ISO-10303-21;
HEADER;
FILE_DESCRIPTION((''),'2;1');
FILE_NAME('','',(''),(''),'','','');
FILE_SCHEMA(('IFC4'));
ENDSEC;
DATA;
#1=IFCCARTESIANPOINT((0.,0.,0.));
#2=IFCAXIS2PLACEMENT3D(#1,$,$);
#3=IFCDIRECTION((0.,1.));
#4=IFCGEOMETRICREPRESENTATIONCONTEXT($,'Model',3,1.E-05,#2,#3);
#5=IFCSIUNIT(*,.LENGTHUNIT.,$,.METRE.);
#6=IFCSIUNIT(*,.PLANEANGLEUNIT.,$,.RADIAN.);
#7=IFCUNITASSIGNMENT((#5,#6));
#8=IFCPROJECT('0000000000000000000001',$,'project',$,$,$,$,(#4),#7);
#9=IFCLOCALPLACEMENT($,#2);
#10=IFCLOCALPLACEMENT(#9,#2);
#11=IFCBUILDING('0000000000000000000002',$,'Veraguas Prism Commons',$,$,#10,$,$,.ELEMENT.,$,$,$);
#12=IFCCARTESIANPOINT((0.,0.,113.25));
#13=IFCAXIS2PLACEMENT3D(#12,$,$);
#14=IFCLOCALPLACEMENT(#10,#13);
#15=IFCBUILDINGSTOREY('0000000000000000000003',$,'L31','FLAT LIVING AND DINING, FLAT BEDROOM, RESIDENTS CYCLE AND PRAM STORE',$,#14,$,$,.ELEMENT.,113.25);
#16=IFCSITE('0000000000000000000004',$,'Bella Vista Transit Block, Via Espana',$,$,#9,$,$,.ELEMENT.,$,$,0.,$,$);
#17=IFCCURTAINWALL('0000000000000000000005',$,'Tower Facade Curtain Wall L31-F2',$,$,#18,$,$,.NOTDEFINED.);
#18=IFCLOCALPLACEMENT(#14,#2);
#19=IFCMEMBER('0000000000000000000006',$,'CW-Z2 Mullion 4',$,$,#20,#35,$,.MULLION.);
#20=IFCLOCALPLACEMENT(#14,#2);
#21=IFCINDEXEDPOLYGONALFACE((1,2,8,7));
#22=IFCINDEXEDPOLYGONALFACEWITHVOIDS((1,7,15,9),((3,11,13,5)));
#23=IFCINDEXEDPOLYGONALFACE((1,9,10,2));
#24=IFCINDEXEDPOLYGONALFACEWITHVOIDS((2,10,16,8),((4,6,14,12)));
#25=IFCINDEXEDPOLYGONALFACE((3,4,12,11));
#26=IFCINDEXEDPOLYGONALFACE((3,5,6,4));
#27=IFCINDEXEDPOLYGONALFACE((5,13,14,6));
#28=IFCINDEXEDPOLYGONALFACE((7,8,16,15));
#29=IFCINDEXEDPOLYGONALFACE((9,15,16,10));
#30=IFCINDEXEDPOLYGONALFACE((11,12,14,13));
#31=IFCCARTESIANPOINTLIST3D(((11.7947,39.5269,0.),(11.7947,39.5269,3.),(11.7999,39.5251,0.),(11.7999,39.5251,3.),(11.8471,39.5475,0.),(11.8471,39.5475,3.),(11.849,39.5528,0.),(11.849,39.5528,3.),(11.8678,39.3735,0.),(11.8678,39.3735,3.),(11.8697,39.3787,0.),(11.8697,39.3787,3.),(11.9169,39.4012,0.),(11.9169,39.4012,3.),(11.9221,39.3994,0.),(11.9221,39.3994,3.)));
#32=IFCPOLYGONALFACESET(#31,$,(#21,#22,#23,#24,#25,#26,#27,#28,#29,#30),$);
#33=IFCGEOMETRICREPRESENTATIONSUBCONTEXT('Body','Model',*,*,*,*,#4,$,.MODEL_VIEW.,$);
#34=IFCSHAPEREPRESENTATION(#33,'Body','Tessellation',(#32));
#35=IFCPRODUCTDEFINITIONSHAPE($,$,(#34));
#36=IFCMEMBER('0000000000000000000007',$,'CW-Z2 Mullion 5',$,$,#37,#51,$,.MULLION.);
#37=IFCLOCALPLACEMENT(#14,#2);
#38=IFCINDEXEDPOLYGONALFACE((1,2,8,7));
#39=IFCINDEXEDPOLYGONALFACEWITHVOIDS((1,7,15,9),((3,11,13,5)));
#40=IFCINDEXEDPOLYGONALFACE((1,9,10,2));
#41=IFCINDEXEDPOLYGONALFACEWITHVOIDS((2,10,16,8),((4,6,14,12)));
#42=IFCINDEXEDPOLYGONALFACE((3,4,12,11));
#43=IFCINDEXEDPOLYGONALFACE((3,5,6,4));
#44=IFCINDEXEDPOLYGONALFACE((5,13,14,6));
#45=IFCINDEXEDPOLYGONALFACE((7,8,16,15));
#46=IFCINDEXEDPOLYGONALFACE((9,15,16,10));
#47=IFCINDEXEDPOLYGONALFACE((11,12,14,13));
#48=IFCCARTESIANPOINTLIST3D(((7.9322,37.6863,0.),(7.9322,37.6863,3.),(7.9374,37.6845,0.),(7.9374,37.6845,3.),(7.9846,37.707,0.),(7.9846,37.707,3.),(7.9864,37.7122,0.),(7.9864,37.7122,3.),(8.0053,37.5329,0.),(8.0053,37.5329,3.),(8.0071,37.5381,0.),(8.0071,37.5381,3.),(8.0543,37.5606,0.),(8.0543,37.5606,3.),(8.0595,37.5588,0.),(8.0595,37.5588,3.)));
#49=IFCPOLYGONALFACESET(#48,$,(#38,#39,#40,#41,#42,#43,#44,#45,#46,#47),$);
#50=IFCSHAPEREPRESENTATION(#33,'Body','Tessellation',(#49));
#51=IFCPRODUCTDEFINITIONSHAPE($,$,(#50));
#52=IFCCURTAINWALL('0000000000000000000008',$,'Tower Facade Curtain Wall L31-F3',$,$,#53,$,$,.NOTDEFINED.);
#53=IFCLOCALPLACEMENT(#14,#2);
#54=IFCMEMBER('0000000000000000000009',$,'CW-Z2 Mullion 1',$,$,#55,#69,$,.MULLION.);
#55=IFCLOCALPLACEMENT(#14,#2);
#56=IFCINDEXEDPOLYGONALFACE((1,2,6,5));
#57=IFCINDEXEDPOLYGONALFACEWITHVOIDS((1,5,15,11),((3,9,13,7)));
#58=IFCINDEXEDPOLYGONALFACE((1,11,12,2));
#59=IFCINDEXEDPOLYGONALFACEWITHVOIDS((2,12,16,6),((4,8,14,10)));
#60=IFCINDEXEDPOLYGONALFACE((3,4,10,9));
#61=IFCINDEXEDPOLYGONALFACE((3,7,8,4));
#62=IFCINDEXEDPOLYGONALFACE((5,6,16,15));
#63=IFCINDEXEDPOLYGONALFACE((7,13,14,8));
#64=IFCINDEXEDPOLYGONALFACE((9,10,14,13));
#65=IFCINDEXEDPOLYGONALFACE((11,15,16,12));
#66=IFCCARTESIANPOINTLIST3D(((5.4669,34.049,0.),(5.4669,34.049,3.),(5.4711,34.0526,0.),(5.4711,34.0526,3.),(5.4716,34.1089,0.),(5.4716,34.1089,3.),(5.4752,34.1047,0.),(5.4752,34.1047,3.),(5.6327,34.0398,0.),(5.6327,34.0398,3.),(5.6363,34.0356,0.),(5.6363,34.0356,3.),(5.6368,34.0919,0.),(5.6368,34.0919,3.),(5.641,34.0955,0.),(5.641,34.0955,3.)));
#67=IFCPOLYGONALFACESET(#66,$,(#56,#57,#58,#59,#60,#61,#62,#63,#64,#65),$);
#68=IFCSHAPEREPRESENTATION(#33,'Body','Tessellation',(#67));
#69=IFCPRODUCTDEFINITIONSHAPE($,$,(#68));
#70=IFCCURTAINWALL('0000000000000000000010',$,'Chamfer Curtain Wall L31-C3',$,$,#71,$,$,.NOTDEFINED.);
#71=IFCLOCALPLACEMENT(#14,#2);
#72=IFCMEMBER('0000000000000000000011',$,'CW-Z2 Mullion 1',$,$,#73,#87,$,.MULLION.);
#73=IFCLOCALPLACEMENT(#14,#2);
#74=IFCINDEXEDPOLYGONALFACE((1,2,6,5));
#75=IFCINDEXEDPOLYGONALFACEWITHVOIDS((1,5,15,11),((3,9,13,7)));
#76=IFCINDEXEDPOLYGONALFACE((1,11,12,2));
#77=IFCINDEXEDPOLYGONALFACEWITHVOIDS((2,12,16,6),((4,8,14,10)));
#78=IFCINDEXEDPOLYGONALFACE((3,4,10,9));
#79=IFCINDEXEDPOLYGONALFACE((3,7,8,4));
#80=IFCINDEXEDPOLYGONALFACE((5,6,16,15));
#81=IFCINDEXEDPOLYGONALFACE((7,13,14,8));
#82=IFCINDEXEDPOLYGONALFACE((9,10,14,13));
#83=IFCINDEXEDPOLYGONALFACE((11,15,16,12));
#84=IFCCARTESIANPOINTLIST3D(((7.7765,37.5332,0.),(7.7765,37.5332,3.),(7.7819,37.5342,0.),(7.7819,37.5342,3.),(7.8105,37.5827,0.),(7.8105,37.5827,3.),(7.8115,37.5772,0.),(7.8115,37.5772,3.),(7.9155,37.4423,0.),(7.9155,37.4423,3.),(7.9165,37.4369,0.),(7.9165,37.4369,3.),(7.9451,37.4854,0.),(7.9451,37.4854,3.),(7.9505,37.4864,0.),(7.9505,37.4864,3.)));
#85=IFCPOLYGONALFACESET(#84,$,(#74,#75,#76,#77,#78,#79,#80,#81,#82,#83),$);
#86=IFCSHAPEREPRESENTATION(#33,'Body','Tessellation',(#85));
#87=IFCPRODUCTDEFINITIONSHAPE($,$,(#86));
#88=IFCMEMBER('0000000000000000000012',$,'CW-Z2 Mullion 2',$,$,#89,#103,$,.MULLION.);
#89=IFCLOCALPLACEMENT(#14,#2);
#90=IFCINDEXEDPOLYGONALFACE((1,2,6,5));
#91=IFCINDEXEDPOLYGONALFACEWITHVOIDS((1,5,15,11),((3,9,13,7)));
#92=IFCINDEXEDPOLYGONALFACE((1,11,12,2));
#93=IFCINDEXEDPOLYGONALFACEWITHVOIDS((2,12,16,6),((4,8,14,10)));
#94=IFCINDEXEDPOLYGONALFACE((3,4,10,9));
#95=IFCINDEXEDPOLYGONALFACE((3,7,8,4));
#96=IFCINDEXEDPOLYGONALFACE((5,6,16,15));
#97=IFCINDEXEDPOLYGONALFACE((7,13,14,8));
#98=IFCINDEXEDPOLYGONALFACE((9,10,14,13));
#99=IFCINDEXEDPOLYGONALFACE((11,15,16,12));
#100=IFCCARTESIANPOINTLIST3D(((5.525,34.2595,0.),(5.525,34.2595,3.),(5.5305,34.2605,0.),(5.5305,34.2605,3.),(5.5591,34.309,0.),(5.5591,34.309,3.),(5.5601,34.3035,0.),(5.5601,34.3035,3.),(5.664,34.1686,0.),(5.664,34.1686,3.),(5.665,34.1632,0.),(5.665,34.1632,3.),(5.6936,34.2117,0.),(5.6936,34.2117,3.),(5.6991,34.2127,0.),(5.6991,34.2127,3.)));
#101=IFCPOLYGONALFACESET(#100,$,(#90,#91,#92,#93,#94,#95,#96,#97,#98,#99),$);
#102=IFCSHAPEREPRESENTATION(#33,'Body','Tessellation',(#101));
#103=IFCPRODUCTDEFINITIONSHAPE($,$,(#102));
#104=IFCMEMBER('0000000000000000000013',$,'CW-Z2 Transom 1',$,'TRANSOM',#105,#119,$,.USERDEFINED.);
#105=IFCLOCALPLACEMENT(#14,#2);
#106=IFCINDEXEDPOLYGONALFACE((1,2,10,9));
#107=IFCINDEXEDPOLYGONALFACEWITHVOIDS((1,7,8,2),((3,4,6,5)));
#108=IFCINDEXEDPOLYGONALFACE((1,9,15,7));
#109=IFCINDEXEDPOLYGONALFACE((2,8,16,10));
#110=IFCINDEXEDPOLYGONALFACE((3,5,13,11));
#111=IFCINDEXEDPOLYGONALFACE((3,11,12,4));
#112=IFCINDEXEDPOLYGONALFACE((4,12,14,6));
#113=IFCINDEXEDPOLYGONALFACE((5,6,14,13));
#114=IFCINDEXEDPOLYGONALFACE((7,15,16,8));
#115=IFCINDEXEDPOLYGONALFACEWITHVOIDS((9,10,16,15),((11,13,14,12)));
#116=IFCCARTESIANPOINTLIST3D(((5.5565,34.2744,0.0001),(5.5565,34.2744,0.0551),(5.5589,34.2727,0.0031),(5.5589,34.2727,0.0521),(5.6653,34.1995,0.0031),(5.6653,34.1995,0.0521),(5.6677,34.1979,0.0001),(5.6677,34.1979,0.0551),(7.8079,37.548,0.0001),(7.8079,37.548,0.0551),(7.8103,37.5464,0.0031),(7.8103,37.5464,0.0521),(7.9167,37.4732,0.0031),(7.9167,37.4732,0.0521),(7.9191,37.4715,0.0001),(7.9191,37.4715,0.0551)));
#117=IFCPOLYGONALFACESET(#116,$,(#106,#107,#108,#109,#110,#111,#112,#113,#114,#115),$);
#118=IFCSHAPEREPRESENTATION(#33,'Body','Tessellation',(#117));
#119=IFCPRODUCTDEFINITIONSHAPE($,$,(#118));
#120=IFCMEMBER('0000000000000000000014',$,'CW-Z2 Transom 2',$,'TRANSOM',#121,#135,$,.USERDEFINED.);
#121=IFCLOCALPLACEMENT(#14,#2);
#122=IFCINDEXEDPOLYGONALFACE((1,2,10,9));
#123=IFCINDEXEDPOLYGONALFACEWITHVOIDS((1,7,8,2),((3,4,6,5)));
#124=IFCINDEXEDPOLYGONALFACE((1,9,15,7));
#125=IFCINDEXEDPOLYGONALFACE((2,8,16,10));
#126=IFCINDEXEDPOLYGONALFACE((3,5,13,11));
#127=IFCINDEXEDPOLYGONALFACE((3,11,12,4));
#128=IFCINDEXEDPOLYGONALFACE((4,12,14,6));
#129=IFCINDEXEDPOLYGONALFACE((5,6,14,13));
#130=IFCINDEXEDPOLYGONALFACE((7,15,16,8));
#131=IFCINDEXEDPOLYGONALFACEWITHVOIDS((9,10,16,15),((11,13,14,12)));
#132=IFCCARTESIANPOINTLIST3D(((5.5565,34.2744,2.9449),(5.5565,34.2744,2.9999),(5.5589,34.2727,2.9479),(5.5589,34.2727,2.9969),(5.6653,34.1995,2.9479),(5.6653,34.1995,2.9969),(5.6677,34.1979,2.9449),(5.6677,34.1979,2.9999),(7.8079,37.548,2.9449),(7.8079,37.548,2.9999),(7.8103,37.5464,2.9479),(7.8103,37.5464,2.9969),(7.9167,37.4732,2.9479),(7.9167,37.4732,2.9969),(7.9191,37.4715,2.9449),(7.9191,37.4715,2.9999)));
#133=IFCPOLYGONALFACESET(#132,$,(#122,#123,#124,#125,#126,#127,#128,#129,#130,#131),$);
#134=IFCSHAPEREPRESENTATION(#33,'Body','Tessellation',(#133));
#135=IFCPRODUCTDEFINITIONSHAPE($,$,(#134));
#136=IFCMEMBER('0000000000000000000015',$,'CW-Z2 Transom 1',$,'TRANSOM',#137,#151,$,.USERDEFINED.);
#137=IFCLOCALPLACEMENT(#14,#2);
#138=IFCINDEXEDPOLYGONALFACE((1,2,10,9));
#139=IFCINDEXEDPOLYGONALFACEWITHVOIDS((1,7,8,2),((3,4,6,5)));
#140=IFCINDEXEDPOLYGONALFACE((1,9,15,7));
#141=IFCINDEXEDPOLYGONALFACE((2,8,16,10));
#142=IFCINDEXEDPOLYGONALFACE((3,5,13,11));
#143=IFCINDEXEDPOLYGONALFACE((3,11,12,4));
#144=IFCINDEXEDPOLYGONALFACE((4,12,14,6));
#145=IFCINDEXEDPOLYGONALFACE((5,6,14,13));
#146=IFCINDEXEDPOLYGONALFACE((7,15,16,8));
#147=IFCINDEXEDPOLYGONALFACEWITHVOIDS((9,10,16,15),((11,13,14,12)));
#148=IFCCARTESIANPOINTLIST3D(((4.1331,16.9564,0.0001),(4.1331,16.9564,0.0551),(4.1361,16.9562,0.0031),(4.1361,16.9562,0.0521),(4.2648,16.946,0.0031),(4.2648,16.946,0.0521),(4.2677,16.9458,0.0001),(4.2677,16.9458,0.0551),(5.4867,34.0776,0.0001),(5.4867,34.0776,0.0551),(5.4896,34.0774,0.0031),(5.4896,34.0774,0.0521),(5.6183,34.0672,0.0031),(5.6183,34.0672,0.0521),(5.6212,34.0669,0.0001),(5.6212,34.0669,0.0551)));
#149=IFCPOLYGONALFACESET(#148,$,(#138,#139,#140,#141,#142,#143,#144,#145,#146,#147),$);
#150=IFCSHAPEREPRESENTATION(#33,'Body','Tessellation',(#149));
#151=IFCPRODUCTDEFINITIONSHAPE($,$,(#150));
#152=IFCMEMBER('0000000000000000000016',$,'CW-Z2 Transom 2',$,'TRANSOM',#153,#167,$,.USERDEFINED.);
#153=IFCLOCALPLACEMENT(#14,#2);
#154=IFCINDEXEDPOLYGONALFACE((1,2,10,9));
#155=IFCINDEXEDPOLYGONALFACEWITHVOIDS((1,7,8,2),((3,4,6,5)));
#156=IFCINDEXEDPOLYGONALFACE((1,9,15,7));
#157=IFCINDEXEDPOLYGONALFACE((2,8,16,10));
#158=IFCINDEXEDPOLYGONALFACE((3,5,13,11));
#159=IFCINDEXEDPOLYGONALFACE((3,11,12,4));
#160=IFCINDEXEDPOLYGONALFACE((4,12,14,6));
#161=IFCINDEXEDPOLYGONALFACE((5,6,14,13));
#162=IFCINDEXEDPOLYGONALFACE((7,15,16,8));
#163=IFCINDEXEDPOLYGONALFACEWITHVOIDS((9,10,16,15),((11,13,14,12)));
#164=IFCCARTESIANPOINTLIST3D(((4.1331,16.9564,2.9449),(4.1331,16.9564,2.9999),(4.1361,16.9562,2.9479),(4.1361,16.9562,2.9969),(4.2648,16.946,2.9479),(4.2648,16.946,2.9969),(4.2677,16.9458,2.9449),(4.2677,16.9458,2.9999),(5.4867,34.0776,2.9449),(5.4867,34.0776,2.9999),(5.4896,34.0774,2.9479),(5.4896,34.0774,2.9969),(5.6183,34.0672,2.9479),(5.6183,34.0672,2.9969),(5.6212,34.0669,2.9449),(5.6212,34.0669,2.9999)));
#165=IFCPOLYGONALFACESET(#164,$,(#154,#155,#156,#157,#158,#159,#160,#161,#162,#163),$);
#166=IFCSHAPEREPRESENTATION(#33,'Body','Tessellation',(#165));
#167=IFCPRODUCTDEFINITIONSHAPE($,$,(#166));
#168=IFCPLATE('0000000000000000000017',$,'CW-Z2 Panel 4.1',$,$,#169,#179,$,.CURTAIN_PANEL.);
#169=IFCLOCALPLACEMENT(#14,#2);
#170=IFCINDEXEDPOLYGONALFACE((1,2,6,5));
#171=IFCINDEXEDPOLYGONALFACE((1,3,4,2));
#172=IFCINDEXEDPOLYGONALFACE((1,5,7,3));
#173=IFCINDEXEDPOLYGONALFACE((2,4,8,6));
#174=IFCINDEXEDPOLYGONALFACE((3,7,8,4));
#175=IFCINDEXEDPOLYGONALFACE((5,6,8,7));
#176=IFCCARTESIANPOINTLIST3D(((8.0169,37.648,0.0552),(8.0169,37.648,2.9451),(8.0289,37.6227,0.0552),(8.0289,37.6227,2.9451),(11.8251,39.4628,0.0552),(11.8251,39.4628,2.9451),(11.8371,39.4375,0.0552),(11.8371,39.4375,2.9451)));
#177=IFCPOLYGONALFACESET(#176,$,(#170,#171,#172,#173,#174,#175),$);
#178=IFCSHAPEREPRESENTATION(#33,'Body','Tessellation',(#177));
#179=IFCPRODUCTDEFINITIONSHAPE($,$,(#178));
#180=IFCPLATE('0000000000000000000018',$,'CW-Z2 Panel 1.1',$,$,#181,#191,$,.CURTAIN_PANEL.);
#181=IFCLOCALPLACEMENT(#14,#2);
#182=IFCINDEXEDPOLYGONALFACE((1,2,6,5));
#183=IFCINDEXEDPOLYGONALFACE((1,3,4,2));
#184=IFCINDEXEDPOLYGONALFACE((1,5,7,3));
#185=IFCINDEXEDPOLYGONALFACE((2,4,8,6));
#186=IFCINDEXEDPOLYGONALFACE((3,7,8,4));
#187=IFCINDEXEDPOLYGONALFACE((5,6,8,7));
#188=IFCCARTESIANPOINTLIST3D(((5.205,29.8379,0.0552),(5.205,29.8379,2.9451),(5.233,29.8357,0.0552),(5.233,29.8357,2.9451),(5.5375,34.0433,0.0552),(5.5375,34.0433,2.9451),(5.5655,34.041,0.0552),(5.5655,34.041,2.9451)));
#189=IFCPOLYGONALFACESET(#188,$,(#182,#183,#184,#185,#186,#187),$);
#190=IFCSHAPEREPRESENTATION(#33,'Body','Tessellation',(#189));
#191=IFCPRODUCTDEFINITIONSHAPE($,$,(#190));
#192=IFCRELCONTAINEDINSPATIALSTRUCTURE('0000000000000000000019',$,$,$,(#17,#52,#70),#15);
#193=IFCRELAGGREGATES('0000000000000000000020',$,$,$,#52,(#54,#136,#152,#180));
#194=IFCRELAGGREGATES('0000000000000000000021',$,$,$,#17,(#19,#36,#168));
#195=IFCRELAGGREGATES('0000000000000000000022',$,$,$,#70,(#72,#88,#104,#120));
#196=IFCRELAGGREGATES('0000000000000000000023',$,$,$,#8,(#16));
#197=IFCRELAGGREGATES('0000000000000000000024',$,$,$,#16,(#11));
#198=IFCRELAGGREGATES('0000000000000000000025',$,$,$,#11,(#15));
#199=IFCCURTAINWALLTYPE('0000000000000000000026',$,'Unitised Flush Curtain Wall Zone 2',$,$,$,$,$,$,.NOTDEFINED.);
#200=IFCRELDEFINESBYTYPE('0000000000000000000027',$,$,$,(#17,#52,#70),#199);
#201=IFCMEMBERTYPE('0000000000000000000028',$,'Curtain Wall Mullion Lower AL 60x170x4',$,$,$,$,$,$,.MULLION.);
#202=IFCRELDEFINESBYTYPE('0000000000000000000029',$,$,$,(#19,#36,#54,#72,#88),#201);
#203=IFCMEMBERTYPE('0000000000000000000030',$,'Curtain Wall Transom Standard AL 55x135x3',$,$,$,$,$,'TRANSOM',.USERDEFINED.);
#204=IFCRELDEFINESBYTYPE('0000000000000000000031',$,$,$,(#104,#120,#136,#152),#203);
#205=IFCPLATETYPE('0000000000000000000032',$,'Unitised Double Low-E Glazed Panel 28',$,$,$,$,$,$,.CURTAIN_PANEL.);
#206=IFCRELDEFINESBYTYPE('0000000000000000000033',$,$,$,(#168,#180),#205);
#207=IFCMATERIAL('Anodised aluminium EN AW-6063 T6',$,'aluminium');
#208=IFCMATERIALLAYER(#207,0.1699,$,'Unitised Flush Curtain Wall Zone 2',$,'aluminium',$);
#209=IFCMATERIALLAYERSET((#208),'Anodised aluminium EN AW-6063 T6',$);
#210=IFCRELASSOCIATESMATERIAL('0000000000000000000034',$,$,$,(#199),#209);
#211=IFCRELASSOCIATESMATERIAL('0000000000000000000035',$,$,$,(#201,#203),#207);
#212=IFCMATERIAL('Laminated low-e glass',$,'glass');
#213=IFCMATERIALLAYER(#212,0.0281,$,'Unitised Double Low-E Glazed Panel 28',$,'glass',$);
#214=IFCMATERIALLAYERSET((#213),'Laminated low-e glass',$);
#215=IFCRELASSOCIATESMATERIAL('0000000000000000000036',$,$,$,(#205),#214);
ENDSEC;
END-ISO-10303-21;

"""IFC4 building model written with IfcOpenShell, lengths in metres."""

from ifc_helpers import new_model, si_unit, direction, frame, origin, origin_2d, place, context, subcontext, project, spatial, rectangle, hollow_rectangle, extrude, source, transform, mapped, material, layer, layer_set, material_profile, profile_set, type_object, element, aggregate, save


model = new_model("IFC4")

# Units and contexts
model_context = context("Model", 3, precision=1e-05, world=origin(), true_north=direction((0.0, 1.0)))
body_context = subcontext(model_context, "Body", "Model", "MODEL_VIEW")
ifc_project = project(units=[si_unit("LENGTHUNIT", "METRE"), si_unit("PLANEANGLEUNIT", "RADIAN")], contexts=[model_context])

# Site, building, storey
site_placement = place(None, origin())
site = spatial("IfcSite", under=ifc_project, at=site_placement, Name="Bella Vista Transit Block, Via Espana", CompositionType="ELEMENT", RefElevation=0.0)
building_placement = place(site_placement, origin())
building = spatial("IfcBuilding", under=site, at=building_placement, Name="Veraguas Prism Commons", CompositionType="ELEMENT")
storey_placement = place(building_placement, frame((0.0, 0.0, 113.25)))
storey = spatial("IfcBuildingStorey", under=building, at=storey_placement, Name="L31", Description="FLAT LIVING AND DINING, FLAT BEDROOM, RESIDENTS CYCLE AND PRAM STORE", CompositionType="ELEMENT", Elevation=113.25)

# Curtain wall, members
ifc_material_1 = material(Name="Anodised aluminium EN AW-6063 T6", Category="aluminium")
ifc_layer_1 = layer(ifc_material_1, 0.1699, Name="Unitised Flush Curtain Wall Zone 2", Category="aluminium")
ifc_layer_set_1 = layer_set([ifc_layer_1], Name="Anodised aluminium EN AW-6063 T6")
curtain_wall_type = type_object("IfcCurtainWallType", Name="Unitised Flush Curtain Wall Zone 2", PredefinedType="NOTDEFINED", material=ifc_layer_set_1)
curtain_wall_1_placement = place(storey_placement, origin())
curtain_wall_1 = element("IfcCurtainWall", 1, at=curtain_wall_1_placement, inside=storey, type_object=curtain_wall_type, Name="Tower Facade Curtain Wall L31-F2", PredefinedType="NOTDEFINED")
ifc_material_profile_1 = material_profile(ifc_material_1, hollow_rectangle(XDim=0.0601, YDim=0.1699, WallThickness=0.0039, at=origin_2d()), Name="AL60X170X4")
ifc_profile_set_1 = profile_set([ifc_material_profile_1], Name="Anodised aluminium EN AW-6063 T6")
member_type_1 = type_object("IfcMemberType", Name="Curtain Wall Mullion Lower AL 60x170x4", PredefinedType="MULLION", material=ifc_profile_set_1)
shared_shape_1 = source(origin(), body_context, "Body", "SweptSolid", [
    extrude(hollow_rectangle(XDim=0.0601, YDim=0.1699, WallThickness=0.0039, at=origin_2d()), origin(), (0.0, 0.0, 1.0), 3.0),
])
member_1_placement = place(storey_placement, frame((11.8584, 39.4631, 0.0), z_axis=(0.0, 0.0, 1.0), x_axis=(-0.902734, -0.430199, 0.0)))
member_1 = element("IfcMember", 2, at=member_1_placement, type_object=member_type_1, Name="CW-Z2 Mullion 4", PredefinedType="MULLION", context=body_context, shape_type="MappedRepresentation", body=[
    mapped(shared_shape_1, transform((0.0, 0.0, 0.0), scale=1.0)),
])
member_2_placement = place(storey_placement, frame((7.9958, 37.6226, 0.0), z_axis=(0.0, 0.0, 1.0), x_axis=(-0.902734, -0.430199, 0.0)))
member_2 = element("IfcMember", 3, at=member_2_placement, type_object=member_type_1, Name="CW-Z2 Mullion 5", PredefinedType="MULLION", context=body_context, shape_type="MappedRepresentation", body=[
    mapped(shared_shape_1, transform((0.0, 0.0, 0.0), scale=1.0)),
])

# Curtain wall, member
curtain_wall_2_placement = place(storey_placement, origin())
curtain_wall_2 = element("IfcCurtainWall", 4, at=curtain_wall_2_placement, inside=storey, type_object=curtain_wall_type, Name="Tower Facade Curtain Wall L31-F3", PredefinedType="NOTDEFINED")
member_3_placement = place(storey_placement, frame((5.554, 34.0723, 0.0), z_axis=(0.0, 0.0, 1.0), x_axis=(-0.078807, -0.99689, 0.0)))
member_3 = element("IfcMember", 5, at=member_3_placement, type_object=member_type_1, Name="CW-Z2 Mullion 1", PredefinedType="MULLION", context=body_context, shape_type="MappedRepresentation", body=[
    mapped(shared_shape_1, transform((0.0, 0.0, 0.0), scale=1.0)),
])

# Curtain wall, members
curtain_wall_3_placement = place(storey_placement, origin())
curtain_wall_3 = element("IfcCurtainWall", 6, at=curtain_wall_3_placement, inside=storey, type_object=curtain_wall_type, Name="Chamfer Curtain Wall L31-C3", PredefinedType="NOTDEFINED")
member_4_placement = place(storey_placement, frame((7.8635, 37.5098, 0.0), z_axis=(0.0, 0.0, 1.0), x_axis=(-0.566692, -0.823929, 0.0)))
member_4 = element("IfcMember", 7, at=member_4_placement, type_object=member_type_1, Name="CW-Z2 Mullion 1", PredefinedType="MULLION", context=body_context, shape_type="MappedRepresentation", body=[
    mapped(shared_shape_1, transform((0.0, 0.0, 0.0), scale=1.0)),
])
member_5_placement = place(storey_placement, frame((5.6121, 34.2361, 0.0), z_axis=(0.0, 0.0, 1.0), x_axis=(-0.566692, -0.823929, 0.0)))
member_5 = element("IfcMember", 8, at=member_5_placement, type_object=member_type_1, Name="CW-Z2 Mullion 2", PredefinedType="MULLION", context=body_context, shape_type="MappedRepresentation", body=[
    mapped(shared_shape_1, transform((0.0, 0.0, 0.0), scale=1.0)),
])
ifc_material_profile_2 = material_profile(ifc_material_1, hollow_rectangle(XDim=0.0549, YDim=0.135, WallThickness=0.0029, at=origin_2d()), Name="AL55X135X3")
ifc_profile_set_2 = profile_set([ifc_material_profile_2], Name="Anodised aluminium EN AW-6063 T6")
member_type_2 = type_object("IfcMemberType", Name="Curtain Wall Transom Standard AL 55x135x3", ElementType="TRANSOM", PredefinedType="USERDEFINED", material=ifc_profile_set_2)
shared_shape_2 = source(origin(), body_context, "Body", "SweptSolid", [
    extrude(hollow_rectangle(XDim=0.0549, YDim=0.135, WallThickness=0.0029, at=origin_2d()), origin(), (0.0, 0.0, 1.0), 3.9731),
])
member_6_placement = place(storey_placement, frame((7.8635, 37.5098, 0.0276), z_axis=(-0.566667, -0.823947, 0.0), x_axis=(0.0, 0.0, 1.0)))
member_6 = element("IfcMember", 9, at=member_6_placement, type_object=member_type_2, Name="CW-Z2 Transom 1", ObjectType="TRANSOM", PredefinedType="USERDEFINED", context=body_context, shape_type="MappedRepresentation", body=[
    mapped(shared_shape_2, transform((0.0, 0.0, 0.0), scale=1.0)),
])
member_7_placement = place(storey_placement, frame((7.8635, 37.5098, 2.9724), z_axis=(-0.566667, -0.823947, 0.0), x_axis=(0.0, 0.0, 1.0)))
member_7 = element("IfcMember", 10, at=member_7_placement, type_object=member_type_2, Name="CW-Z2 Transom 2", ObjectType="TRANSOM", PredefinedType="USERDEFINED", context=body_context, shape_type="MappedRepresentation", body=[
    mapped(shared_shape_2, transform((0.0, 0.0, 0.0), scale=1.0)),
])

# Members
shared_shape_3 = source(origin(), body_context, "Body", "SweptSolid", [
    extrude(hollow_rectangle(XDim=0.0549, YDim=0.135, WallThickness=0.0029, at=origin_2d()), origin(), (0.0, 0.0, 1.0), 17.1746),
])
member_8_placement = place(storey_placement, frame((5.554, 34.0723, 0.0276), z_axis=(-0.07881, -0.99689, 0.0), x_axis=(0.0, 0.0, 1.0)))
member_8 = element("IfcMember", 11, at=member_8_placement, type_object=member_type_2, Name="CW-Z2 Transom 1", ObjectType="TRANSOM", PredefinedType="USERDEFINED", context=body_context, shape_type="MappedRepresentation", body=[
    mapped(shared_shape_3, transform((0.0, 0.0, 0.0), scale=1.0)),
])
member_9_placement = place(storey_placement, frame((5.554, 34.0723, 2.9724), z_axis=(-0.07881, -0.99689, 0.0), x_axis=(0.0, 0.0, 1.0)))
member_9 = element("IfcMember", 12, at=member_9_placement, type_object=member_type_2, Name="CW-Z2 Transom 2", ObjectType="TRANSOM", PredefinedType="USERDEFINED", context=body_context, shape_type="MappedRepresentation", body=[
    mapped(shared_shape_3, transform((0.0, 0.0, 0.0), scale=1.0)),
])

# Plates
ifc_material_2 = material(Name="Laminated low-e glass", Category="glass")
ifc_layer_2 = layer(ifc_material_2, 0.0281, Name="Unitised Double Low-E Glazed Panel 28", Category="glass")
ifc_layer_set_2 = layer_set([ifc_layer_2], Name="Laminated low-e glass")
plate_type = type_object("IfcPlateType", Name="Unitised Double Low-E Glazed Panel 28", PredefinedType="CURTAIN_PANEL", material=ifc_layer_set_2)
shared_shape_4 = source(origin(), body_context, "Body", "SweptSolid", [
    extrude(rectangle(XDim=4.2185, YDim=0.0281, at=origin_2d()), origin(), (0.0, 0.0, 1.0), 2.8899),
])
plate_1_placement = place(storey_placement, frame((9.927, 38.5427, 0.0552), z_axis=(0.0, 0.0, 1.0), x_axis=(-0.902734, -0.430199, 0.0)))
plate_1 = element("IfcPlate", 13, at=plate_1_placement, type_object=plate_type, Name="CW-Z2 Panel 4.1", PredefinedType="CURTAIN_PANEL", context=body_context, shape_type="MappedRepresentation", body=[
    mapped(shared_shape_4, transform((0.0, 0.0, 0.0), scale=1.0)),
])
plate_2_placement = place(storey_placement, frame((5.3853, 31.9395, 0.0552), z_axis=(0.0, 0.0, 1.0), x_axis=(-0.078807, -0.99689, 0.0)))
plate_2 = element("IfcPlate", 14, at=plate_2_placement, type_object=plate_type, Name="CW-Z2 Panel 1.1", PredefinedType="CURTAIN_PANEL", context=body_context, shape_type="MappedRepresentation", body=[
    mapped(shared_shape_4, transform((0.0, 0.0, 0.0), scale=1.0)),
])
aggregate(curtain_wall_2, [member_3, member_8, member_9, plate_2])
aggregate(curtain_wall_1, [member_1, member_2, plate_1])
aggregate(curtain_wall_3, [member_4, member_5, member_6, member_7])

save(model, "model.ifc")
